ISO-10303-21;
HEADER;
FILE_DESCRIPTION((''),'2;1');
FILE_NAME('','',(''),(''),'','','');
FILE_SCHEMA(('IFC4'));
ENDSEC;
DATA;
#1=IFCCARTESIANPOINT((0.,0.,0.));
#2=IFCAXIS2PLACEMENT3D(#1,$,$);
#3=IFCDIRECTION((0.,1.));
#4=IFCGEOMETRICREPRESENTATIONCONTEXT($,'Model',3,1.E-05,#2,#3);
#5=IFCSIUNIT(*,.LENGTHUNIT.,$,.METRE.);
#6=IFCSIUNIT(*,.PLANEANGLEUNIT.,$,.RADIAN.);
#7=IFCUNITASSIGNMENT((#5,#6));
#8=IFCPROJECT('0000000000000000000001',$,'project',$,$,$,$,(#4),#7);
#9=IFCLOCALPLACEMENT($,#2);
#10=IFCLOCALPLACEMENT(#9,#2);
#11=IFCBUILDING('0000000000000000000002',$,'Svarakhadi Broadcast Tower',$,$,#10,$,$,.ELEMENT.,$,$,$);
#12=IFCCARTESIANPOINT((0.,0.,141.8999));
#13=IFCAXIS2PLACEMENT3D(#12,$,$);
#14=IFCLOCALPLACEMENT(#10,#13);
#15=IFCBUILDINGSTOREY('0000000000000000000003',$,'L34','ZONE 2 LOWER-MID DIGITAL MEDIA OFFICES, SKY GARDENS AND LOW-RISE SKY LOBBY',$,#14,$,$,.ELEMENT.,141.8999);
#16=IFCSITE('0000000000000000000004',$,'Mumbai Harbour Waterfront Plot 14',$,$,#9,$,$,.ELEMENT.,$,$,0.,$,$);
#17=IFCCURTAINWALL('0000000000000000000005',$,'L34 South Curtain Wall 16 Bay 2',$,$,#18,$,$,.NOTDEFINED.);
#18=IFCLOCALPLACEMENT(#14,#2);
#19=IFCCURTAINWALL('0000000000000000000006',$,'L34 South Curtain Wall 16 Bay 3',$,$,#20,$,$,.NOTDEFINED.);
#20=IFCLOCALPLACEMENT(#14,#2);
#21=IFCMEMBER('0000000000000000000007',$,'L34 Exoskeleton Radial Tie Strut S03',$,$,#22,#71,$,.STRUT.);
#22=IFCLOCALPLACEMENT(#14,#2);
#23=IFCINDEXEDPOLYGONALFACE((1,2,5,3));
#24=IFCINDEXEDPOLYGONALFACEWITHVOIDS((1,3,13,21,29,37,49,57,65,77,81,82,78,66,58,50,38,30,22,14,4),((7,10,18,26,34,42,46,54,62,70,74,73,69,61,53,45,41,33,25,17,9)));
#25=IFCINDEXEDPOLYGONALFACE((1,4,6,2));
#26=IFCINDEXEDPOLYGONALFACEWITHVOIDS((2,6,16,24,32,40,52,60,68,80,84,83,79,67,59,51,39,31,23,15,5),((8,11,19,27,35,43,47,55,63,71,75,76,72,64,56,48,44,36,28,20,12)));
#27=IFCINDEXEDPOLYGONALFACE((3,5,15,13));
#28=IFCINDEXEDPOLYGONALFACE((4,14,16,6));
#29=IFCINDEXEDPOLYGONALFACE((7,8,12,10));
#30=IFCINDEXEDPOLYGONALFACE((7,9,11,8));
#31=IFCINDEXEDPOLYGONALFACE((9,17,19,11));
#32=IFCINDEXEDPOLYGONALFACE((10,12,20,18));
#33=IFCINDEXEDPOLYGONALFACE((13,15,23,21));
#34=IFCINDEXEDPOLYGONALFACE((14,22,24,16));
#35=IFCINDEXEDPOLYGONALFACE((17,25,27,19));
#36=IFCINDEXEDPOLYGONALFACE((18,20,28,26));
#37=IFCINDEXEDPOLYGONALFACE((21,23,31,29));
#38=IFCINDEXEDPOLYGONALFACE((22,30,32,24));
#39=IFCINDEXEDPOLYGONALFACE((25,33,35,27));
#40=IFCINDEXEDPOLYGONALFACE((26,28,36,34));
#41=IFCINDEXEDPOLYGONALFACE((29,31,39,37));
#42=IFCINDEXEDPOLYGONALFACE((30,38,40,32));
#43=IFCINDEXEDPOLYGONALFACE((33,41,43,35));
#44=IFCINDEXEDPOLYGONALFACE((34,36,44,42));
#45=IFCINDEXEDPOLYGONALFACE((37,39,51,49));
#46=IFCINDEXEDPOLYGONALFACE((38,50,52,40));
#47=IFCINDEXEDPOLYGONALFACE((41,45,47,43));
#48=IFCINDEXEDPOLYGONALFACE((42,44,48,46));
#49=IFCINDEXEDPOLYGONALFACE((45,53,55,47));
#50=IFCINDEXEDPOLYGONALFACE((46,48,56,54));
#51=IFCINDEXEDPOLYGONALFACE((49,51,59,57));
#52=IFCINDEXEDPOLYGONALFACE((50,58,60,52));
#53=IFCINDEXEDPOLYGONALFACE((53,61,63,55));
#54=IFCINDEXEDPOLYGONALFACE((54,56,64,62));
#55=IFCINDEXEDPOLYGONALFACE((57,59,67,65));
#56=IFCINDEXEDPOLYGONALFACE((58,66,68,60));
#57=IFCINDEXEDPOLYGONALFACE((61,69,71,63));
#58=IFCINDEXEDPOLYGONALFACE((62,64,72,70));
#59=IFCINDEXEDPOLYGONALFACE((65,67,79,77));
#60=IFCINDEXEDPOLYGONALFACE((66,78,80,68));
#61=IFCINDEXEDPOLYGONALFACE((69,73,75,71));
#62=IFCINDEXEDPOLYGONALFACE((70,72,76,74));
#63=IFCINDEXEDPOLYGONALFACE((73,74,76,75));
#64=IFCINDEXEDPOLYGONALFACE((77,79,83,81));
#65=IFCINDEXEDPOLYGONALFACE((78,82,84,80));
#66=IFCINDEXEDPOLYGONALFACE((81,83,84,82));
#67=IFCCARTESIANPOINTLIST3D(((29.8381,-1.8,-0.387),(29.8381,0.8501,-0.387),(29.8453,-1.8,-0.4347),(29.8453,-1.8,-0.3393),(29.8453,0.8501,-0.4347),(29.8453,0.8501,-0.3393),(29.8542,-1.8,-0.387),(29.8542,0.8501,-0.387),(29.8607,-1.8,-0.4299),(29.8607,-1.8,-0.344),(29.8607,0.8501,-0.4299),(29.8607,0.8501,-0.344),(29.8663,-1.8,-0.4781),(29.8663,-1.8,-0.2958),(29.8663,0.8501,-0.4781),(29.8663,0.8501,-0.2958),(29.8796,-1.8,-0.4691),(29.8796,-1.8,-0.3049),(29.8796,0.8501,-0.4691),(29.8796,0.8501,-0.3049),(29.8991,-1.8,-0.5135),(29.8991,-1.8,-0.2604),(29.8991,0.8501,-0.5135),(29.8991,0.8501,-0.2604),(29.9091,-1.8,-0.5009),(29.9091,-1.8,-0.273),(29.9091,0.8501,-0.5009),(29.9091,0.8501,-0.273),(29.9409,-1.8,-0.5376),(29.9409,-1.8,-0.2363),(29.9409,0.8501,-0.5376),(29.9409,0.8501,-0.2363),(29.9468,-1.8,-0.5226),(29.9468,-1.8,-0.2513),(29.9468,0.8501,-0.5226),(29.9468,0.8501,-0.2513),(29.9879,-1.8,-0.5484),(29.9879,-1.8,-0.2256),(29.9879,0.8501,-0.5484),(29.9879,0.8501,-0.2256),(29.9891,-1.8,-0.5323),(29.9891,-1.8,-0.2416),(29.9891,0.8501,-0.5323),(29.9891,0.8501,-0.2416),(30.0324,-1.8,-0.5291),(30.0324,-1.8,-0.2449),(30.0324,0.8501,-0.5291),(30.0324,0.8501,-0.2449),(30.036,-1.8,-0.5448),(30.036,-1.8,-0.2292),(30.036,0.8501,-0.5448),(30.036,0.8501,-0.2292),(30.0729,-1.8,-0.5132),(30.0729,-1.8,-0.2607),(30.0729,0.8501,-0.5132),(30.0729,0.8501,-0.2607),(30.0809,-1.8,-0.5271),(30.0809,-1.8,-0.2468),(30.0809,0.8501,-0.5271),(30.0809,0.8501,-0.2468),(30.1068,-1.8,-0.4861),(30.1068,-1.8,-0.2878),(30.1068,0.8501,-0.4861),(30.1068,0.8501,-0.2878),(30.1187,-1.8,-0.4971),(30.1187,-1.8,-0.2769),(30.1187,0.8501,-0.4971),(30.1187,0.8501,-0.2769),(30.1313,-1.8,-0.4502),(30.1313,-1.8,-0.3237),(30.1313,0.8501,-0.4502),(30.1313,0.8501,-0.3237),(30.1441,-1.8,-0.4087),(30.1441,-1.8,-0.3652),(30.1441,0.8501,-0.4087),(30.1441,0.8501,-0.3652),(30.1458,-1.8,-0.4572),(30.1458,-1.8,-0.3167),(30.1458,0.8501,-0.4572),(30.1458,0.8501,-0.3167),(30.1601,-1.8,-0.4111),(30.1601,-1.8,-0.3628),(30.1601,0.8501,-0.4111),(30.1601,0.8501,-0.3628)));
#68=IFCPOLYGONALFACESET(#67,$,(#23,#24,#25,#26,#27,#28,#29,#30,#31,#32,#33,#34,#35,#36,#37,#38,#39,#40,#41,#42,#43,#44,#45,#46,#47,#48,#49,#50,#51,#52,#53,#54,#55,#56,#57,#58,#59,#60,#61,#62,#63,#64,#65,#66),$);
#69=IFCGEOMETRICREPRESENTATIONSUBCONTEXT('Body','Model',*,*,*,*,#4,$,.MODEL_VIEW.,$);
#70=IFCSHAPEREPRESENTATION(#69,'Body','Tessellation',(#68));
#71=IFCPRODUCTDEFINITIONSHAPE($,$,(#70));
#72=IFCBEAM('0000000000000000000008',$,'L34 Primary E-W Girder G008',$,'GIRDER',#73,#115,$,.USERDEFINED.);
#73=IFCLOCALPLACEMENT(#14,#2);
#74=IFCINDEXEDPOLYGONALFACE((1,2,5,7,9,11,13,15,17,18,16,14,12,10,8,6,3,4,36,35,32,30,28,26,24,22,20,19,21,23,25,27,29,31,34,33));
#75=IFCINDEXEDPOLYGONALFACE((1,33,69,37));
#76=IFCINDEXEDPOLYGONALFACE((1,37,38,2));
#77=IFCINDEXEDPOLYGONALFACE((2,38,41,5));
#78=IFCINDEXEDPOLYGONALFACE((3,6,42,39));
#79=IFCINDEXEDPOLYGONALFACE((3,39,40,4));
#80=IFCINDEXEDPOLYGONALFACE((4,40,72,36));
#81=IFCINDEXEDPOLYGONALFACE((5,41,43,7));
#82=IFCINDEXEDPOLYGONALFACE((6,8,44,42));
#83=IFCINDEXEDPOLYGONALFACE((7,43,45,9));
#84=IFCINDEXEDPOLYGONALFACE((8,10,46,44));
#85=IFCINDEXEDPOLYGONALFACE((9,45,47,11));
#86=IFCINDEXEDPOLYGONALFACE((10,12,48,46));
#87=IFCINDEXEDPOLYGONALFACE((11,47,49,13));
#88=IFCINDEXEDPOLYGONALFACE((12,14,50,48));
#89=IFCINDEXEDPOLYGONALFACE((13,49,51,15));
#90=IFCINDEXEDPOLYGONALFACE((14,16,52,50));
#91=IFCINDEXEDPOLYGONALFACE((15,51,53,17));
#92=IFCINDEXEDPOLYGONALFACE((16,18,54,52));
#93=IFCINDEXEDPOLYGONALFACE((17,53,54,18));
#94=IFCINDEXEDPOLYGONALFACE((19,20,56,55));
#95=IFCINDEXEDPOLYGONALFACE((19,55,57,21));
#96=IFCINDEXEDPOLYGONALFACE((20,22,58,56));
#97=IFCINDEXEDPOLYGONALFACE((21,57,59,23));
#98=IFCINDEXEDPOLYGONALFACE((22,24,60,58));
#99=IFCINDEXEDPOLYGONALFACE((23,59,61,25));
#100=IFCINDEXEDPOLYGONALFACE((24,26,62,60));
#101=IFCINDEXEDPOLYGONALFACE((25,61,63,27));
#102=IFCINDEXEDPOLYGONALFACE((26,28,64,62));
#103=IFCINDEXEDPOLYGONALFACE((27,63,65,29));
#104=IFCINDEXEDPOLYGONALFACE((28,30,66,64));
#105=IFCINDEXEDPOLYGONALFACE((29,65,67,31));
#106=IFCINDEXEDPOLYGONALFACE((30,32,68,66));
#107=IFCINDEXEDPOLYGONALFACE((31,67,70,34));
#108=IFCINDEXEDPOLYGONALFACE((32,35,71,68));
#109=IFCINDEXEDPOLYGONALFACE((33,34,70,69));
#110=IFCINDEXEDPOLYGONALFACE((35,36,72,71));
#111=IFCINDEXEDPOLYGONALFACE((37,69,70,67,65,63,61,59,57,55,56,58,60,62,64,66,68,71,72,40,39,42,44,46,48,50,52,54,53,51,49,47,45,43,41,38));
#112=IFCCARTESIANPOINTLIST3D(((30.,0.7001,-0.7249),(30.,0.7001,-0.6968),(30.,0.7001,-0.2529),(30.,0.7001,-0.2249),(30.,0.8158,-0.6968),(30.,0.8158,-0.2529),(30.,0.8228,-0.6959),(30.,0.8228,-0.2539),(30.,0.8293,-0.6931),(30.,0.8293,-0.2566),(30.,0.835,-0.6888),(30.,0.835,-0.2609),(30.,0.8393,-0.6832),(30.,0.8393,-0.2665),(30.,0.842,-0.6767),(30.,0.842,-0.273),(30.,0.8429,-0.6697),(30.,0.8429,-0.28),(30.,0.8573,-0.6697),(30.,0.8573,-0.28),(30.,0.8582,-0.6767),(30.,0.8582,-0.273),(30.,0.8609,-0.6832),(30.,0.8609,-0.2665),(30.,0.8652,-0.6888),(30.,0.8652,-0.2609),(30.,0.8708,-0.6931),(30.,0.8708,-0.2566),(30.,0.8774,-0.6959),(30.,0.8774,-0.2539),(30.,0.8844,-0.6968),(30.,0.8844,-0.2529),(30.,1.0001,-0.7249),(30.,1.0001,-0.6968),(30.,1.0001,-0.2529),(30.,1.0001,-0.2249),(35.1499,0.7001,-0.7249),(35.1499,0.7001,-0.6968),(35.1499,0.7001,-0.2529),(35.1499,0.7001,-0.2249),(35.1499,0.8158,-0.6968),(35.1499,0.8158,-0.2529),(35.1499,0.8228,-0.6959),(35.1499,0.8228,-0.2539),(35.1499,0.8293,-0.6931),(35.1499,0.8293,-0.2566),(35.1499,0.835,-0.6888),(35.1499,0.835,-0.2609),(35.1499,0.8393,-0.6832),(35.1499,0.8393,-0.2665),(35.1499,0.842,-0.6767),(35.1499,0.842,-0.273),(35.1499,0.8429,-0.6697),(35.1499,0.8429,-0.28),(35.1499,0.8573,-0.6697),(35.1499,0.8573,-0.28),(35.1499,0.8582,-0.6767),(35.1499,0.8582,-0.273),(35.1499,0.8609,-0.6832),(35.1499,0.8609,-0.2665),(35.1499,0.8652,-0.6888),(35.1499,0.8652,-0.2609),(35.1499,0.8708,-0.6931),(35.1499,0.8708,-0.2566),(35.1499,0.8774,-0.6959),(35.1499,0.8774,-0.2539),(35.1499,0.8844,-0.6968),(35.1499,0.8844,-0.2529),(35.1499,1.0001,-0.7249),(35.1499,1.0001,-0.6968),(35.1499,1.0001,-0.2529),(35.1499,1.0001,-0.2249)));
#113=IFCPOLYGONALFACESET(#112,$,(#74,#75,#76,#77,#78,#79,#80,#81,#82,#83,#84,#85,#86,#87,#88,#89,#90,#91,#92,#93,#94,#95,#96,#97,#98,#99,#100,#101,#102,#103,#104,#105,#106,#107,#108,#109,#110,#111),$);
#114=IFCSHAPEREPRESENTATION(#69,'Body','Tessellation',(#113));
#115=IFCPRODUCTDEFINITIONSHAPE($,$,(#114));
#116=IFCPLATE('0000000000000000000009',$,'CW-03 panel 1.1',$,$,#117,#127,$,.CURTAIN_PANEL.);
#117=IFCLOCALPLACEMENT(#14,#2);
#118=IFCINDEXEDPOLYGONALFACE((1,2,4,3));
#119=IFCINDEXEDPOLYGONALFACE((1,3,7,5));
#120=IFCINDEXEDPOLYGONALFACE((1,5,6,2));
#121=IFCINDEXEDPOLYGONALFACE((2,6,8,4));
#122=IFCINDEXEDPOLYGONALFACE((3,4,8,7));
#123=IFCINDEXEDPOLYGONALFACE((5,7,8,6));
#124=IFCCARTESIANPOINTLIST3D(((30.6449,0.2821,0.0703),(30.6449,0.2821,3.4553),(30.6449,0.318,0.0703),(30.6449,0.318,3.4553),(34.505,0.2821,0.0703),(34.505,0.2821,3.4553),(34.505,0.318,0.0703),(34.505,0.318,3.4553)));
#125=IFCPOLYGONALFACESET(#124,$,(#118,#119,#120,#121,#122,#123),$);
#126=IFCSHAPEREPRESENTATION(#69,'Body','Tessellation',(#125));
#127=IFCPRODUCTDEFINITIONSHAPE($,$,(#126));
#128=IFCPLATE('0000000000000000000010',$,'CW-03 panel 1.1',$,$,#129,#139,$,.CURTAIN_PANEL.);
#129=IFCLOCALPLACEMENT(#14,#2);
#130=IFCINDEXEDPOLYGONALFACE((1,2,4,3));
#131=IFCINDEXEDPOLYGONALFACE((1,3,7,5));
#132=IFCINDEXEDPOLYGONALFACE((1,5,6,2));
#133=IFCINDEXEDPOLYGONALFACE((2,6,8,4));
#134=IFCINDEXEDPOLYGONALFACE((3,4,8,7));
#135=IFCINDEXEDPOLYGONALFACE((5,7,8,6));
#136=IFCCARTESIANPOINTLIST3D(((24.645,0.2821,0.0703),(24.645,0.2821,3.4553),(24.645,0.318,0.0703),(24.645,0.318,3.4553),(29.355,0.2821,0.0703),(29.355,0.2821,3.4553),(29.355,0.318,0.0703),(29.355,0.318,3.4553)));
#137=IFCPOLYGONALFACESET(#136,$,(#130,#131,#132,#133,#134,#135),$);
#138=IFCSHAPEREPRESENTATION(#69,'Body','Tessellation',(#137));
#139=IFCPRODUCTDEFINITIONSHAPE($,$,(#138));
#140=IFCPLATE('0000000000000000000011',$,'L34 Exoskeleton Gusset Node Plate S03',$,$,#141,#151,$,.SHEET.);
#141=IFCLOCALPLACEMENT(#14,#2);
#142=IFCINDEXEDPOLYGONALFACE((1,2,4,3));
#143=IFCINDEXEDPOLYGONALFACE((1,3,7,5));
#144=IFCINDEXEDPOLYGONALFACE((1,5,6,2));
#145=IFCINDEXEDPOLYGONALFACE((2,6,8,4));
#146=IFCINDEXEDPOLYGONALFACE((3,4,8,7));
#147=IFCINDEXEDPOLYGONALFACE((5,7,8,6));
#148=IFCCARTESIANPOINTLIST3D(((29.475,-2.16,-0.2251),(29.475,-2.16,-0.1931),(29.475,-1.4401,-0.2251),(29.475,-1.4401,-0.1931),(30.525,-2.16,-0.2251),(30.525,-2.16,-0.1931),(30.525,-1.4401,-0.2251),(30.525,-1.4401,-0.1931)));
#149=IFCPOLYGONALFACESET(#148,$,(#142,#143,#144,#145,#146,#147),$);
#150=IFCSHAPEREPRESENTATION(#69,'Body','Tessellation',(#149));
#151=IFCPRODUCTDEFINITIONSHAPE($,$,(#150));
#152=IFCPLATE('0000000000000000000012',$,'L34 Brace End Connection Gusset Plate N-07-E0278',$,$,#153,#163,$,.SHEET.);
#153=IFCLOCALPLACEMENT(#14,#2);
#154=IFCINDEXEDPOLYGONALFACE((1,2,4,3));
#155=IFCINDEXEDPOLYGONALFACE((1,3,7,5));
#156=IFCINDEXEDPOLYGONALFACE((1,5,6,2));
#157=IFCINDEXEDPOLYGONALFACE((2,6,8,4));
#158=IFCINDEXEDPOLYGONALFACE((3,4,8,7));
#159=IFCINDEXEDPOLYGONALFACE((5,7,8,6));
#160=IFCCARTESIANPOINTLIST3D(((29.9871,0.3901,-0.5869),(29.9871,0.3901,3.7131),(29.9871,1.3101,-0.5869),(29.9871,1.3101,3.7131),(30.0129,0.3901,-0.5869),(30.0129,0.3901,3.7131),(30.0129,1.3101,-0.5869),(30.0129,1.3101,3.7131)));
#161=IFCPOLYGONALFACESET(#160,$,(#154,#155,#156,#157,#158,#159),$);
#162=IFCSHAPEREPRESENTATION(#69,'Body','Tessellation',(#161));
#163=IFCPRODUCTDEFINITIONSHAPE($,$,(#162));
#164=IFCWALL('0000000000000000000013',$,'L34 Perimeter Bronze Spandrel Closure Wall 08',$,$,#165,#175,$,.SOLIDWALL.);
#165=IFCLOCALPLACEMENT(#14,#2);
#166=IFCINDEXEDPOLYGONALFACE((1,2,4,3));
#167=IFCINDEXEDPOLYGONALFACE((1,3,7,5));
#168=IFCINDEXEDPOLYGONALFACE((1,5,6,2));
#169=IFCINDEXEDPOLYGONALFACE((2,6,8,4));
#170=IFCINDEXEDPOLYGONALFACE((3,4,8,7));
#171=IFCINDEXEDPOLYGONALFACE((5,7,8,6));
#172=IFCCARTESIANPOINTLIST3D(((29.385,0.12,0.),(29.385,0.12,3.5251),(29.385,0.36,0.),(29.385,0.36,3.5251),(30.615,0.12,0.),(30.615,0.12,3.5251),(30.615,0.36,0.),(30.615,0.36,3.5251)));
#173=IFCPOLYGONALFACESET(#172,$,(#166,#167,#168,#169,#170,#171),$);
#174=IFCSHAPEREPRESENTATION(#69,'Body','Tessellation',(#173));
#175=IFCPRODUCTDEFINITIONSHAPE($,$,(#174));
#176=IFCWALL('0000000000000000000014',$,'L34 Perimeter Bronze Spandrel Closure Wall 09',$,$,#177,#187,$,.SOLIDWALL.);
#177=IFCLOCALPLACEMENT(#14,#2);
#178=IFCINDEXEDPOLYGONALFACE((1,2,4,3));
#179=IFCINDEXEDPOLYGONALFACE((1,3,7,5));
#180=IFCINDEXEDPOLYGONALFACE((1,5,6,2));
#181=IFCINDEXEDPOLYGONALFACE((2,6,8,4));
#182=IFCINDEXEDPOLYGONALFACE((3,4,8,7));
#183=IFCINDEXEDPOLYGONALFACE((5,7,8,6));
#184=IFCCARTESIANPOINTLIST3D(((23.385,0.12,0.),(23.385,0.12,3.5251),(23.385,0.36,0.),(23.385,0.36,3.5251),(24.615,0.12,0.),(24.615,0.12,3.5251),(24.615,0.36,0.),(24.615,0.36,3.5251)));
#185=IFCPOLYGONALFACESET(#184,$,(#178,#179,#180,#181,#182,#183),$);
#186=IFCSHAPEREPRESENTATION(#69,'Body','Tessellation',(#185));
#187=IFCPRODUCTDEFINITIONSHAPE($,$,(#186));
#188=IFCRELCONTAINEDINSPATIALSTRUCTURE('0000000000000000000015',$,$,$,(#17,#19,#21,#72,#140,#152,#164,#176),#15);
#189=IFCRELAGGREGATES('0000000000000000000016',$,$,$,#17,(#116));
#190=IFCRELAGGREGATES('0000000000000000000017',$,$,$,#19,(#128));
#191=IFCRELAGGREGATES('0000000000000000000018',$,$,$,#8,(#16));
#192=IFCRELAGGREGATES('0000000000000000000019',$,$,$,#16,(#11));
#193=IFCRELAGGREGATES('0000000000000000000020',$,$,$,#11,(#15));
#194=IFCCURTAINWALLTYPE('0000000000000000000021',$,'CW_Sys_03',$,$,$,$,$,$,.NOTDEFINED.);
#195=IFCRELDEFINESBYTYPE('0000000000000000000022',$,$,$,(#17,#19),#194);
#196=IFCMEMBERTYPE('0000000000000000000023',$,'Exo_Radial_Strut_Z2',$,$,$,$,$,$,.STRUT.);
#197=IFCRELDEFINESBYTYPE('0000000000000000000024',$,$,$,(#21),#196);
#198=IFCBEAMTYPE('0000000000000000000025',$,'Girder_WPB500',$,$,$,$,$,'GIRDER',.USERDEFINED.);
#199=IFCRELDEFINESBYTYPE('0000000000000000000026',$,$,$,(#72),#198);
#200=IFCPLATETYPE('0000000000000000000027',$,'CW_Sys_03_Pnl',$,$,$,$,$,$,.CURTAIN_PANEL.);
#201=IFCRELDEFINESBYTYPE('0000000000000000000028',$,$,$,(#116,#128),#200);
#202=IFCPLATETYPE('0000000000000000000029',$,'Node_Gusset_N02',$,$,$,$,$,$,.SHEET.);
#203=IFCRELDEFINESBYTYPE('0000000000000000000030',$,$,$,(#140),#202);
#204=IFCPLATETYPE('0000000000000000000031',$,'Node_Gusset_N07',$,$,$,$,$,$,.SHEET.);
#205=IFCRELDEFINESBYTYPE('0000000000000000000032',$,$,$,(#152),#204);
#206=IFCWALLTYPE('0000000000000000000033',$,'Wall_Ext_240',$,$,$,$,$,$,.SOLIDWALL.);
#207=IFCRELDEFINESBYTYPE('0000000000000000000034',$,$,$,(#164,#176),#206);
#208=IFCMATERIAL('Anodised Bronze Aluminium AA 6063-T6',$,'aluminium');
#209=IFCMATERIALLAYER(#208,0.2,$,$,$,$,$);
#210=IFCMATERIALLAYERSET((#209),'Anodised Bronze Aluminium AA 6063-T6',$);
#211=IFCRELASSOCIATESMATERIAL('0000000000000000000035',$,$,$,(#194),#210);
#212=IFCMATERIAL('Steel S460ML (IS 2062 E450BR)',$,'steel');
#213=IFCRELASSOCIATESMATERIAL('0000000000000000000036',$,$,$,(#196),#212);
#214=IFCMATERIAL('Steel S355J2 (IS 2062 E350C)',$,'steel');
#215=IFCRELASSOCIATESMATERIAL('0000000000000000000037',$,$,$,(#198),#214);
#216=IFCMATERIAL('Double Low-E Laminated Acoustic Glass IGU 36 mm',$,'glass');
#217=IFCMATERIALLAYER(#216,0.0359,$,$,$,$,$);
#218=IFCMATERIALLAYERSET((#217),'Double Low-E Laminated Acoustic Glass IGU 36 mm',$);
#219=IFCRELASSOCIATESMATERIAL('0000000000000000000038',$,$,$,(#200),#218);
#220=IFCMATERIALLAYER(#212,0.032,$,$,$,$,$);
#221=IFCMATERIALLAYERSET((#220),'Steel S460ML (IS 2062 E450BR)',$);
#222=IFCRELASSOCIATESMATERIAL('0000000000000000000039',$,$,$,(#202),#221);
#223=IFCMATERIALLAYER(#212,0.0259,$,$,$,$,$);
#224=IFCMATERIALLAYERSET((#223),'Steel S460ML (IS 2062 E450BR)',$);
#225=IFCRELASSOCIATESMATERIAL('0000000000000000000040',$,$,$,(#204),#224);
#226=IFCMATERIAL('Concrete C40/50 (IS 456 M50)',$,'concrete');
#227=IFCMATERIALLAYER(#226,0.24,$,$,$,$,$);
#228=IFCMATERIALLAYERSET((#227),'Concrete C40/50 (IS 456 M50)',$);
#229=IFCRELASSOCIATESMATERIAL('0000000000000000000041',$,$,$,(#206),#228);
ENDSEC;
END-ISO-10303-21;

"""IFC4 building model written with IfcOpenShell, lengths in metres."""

from ifc_helpers import new_model, si_unit, direction, frame, frame_2d, origin, origin_2d, place, context, subcontext, project, spatial, rectangle, hollow_circle, i_section, extrude, material, layer, layer_set, material_profile, profile_set, type_object, element, aggregate, save


model = new_model("IFC4")

# Units and contexts
model_context = context("Model", 3, precision=1e-05, world=origin(), true_north=direction((0.0, 1.0)))
body_context = subcontext(model_context, "Body", "Model", "MODEL_VIEW")
ifc_project = project(units=[si_unit("LENGTHUNIT", "METRE"), si_unit("PLANEANGLEUNIT", "RADIAN")], contexts=[model_context])

# Site, building, storey
site_placement = place(None, origin())
site = spatial("IfcSite", under=ifc_project, at=site_placement, Name="Mumbai Harbour Waterfront Plot 14", CompositionType="ELEMENT", RefElevation=0.0)
building_placement = place(site_placement, origin())
building = spatial("IfcBuilding", under=site, at=building_placement, Name="Svarakhadi Broadcast Tower", CompositionType="ELEMENT")
storey_placement = place(building_placement, frame((0.0, 0.0, 141.8999)))
storey = spatial("IfcBuildingStorey", under=building, at=storey_placement, Name="L34", Description="ZONE 2 LOWER-MID DIGITAL MEDIA OFFICES, SKY GARDENS AND LOW-RISE SKY LOBBY", CompositionType="ELEMENT", Elevation=141.8999)

# Curtain wall
ifc_material_1 = material(Name="Anodised Bronze Aluminium AA 6063-T6", Category="aluminium")
ifc_layer_1 = layer(ifc_material_1, 0.2)
ifc_layer_set_1 = layer_set([ifc_layer_1], Name="Anodised Bronze Aluminium AA 6063-T6")
curtain_wall_type = type_object("IfcCurtainWallType", Name="CW_Sys_03", PredefinedType="NOTDEFINED", material=ifc_layer_set_1)
curtain_wall_1_placement = place(storey_placement, origin())
curtain_wall_1 = element("IfcCurtainWall", 1, at=curtain_wall_1_placement, inside=storey, type_object=curtain_wall_type, Name="L34 South Curtain Wall 16 Bay 2", PredefinedType="NOTDEFINED")

# Curtain wall
curtain_wall_2_placement = place(storey_placement, origin())
curtain_wall_2 = element("IfcCurtainWall", 2, at=curtain_wall_2_placement, inside=storey, type_object=curtain_wall_type, Name="L34 South Curtain Wall 16 Bay 3", PredefinedType="NOTDEFINED")

# Member
ifc_material_2 = material(Name="Steel S460ML (IS 2062 E450BR)", Category="steel")
ifc_material_profile_1 = material_profile(ifc_material_2, hollow_circle(Radius=0.1619, WallThickness=0.0161, at=origin_2d()), Name="CHS 323.9x16")
ifc_profile_set_1 = profile_set([ifc_material_profile_1], Name="Steel S460ML (IS 2062 E450BR)")
member_type_1 = type_object("IfcMemberType", Name="Exo_Radial_Strut_Z2", PredefinedType="STRUT", material=ifc_profile_set_1)
member_1_placement = place(storey_placement, frame((30.0, -1.8, -0.387), z_axis=(0.0, 1.0, 0.0), x_axis=(-1.0, 0.0, 0.0)))
element("IfcMember", 3, at=member_1_placement, inside=storey, type_object=member_type_1, Name="L34 Exoskeleton Radial Tie Strut S03", PredefinedType="STRUT", context=body_context, shape_type="SweptSolid", body=[
    extrude(hollow_circle(Radius=0.1619, WallThickness=0.0161, at=origin_2d()), origin(), (0.0, 0.0, 1.0), 2.6501),
])

# Beam
ifc_material_3 = material(Name="Steel S355J2 (IS 2062 E350C)", Category="steel")
ifc_material_profile_2 = material_profile(ifc_material_3, i_section(OverallWidth=0.3, OverallDepth=0.5, WebThickness=0.0144, FlangeThickness=0.0281, FilletRadius=0.0271, at=origin_2d()), Name="WPB 500x300x187")
ifc_profile_set_2 = profile_set([ifc_material_profile_2], Name="Steel S355J2 (IS 2062 E350C)")
beam_type_1 = type_object("IfcBeamType", Name="Girder_WPB500", ElementType="GIRDER", PredefinedType="USERDEFINED", material=ifc_profile_set_2)
beam_1_placement = place(storey_placement, frame((30.0, 0.8501, -0.4749), z_axis=(1.0, 0.0, 0.0), x_axis=(0.0, 1.0, 0.0)))
element("IfcBeam", 4, at=beam_1_placement, inside=storey, type_object=beam_type_1, Name="L34 Primary E-W Girder G008", ObjectType="GIRDER", PredefinedType="USERDEFINED", context=body_context, shape_type="SweptSolid", body=[
    extrude(i_section(OverallWidth=0.3, OverallDepth=0.5, WebThickness=0.0144, FlangeThickness=0.0281, FilletRadius=0.0271, at=origin_2d()), origin(), (0.0, 0.0, 1.0), 5.1499),
])

# Plates
ifc_material_4 = material(Name="Double Low-E Laminated Acoustic Glass IGU 36 mm", Category="glass")
ifc_layer_2 = layer(ifc_material_4, 0.0359)
ifc_layer_set_2 = layer_set([ifc_layer_2], Name="Double Low-E Laminated Acoustic Glass IGU 36 mm")
plate_type_1 = type_object("IfcPlateType", Name="CW_Sys_03_Pnl", PredefinedType="CURTAIN_PANEL", material=ifc_layer_set_2)
plate_1_placement = place(storey_placement, frame((32.575, 0.3, 0.0703), z_axis=(0.0, 0.0, 1.0), x_axis=(-1.0, 0.0, 0.0)))
plate_1 = element("IfcPlate", 5, at=plate_1_placement, type_object=plate_type_1, Name="CW-03 panel 1.1", PredefinedType="CURTAIN_PANEL", context=body_context, shape_type="SweptSolid", body=[
    extrude(rectangle(XDim=3.8601, YDim=0.0359, at=origin_2d()), origin(), (0.0, 0.0, 1.0), 3.385),
])
aggregate(curtain_wall_1, [plate_1])
plate_2_placement = place(storey_placement, frame((27.0, 0.3, 0.0703), z_axis=(0.0, 0.0, 1.0), x_axis=(-1.0, 0.0, 0.0)))
plate_2 = element("IfcPlate", 6, at=plate_2_placement, type_object=plate_type_1, Name="CW-03 panel 1.1", PredefinedType="CURTAIN_PANEL", context=body_context, shape_type="SweptSolid", body=[
    extrude(rectangle(XDim=4.71, YDim=0.0359, at=origin_2d()), origin(), (0.0, 0.0, 1.0), 3.385),
])
aggregate(curtain_wall_2, [plate_2])

# Plates
ifc_layer_3 = layer(ifc_material_2, 0.032)
ifc_layer_set_3 = layer_set([ifc_layer_3], Name="Steel S460ML (IS 2062 E450BR)")
plate_type_2 = type_object("IfcPlateType", Name="Node_Gusset_N02", PredefinedType="SHEET", material=ifc_layer_set_3)
plate_3_placement = place(storey_placement, frame((30.0, -1.8, -0.2251), z_axis=(0.0, 0.0, 1.0), x_axis=(1.0, 0.0, 0.0)))
element("IfcPlate", 7, at=plate_3_placement, inside=storey, type_object=plate_type_2, Name="L34 Exoskeleton Gusset Node Plate S03", PredefinedType="SHEET", context=body_context, shape_type="SweptSolid", body=[
    extrude(rectangle(XDim=1.05, YDim=0.72, at=origin_2d()), origin(), (0.0, 0.0, 1.0), 0.032),
])
ifc_layer_4 = layer(ifc_material_2, 0.0259)
ifc_layer_set_4 = layer_set([ifc_layer_4], Name="Steel S460ML (IS 2062 E450BR)")
plate_type_3 = type_object("IfcPlateType", Name="Node_Gusset_N07", PredefinedType="SHEET", material=ifc_layer_set_4)
plate_4_placement = place(storey_placement, frame((30.0, 0.8501, -0.5869), z_axis=(0.0, 0.0, 1.0), x_axis=(0.0, 1.0, 0.0)))
element("IfcPlate", 8, at=plate_4_placement, inside=storey, type_object=plate_type_3, Name="L34 Brace End Connection Gusset Plate N-07-E0278", PredefinedType="SHEET", context=body_context, shape_type="SweptSolid", body=[
    extrude(rectangle(XDim=0.9199, YDim=0.0259, at=origin_2d()), origin(), (0.0, 0.0, 1.0), 4.3),
])

# Walls
ifc_material_5 = material(Name="Concrete C40/50 (IS 456 M50)", Category="concrete")
ifc_layer_5 = layer(ifc_material_5, 0.24)
ifc_layer_set_5 = layer_set([ifc_layer_5], Name="Concrete C40/50 (IS 456 M50)")
wall_type_1 = type_object("IfcWallType", Name="Wall_Ext_240", PredefinedType="SOLIDWALL", material=ifc_layer_set_5)
for number, where, z_axis, x_axis, name in (
    (9, (30.615, 0.24, 0.0), (0.0, 0.0, 1.0), (-1.0, 0.0, 0.0), "L34 Perimeter Bronze Spandrel Closure Wall 08"),
    (10, (24.615, 0.24, 0.0), (0.0, 0.0, 1.0), (-1.0, 0.0, 0.0), "L34 Perimeter Bronze Spandrel Closure Wall 09"),
):
    element("IfcWall", number, at=place(storey_placement, frame(where, z_axis=z_axis, x_axis=x_axis)), inside=storey, type_object=wall_type_1, Name=name, PredefinedType="SOLIDWALL", context=body_context, shape_type="SweptSolid", body=[
        extrude(rectangle(XDim=1.23, YDim=0.24, at=frame_2d((0.615, 0.0))), origin(), (0.0, 0.0, 1.0), 3.5251),
    ])

save(model, "model.ifc")
